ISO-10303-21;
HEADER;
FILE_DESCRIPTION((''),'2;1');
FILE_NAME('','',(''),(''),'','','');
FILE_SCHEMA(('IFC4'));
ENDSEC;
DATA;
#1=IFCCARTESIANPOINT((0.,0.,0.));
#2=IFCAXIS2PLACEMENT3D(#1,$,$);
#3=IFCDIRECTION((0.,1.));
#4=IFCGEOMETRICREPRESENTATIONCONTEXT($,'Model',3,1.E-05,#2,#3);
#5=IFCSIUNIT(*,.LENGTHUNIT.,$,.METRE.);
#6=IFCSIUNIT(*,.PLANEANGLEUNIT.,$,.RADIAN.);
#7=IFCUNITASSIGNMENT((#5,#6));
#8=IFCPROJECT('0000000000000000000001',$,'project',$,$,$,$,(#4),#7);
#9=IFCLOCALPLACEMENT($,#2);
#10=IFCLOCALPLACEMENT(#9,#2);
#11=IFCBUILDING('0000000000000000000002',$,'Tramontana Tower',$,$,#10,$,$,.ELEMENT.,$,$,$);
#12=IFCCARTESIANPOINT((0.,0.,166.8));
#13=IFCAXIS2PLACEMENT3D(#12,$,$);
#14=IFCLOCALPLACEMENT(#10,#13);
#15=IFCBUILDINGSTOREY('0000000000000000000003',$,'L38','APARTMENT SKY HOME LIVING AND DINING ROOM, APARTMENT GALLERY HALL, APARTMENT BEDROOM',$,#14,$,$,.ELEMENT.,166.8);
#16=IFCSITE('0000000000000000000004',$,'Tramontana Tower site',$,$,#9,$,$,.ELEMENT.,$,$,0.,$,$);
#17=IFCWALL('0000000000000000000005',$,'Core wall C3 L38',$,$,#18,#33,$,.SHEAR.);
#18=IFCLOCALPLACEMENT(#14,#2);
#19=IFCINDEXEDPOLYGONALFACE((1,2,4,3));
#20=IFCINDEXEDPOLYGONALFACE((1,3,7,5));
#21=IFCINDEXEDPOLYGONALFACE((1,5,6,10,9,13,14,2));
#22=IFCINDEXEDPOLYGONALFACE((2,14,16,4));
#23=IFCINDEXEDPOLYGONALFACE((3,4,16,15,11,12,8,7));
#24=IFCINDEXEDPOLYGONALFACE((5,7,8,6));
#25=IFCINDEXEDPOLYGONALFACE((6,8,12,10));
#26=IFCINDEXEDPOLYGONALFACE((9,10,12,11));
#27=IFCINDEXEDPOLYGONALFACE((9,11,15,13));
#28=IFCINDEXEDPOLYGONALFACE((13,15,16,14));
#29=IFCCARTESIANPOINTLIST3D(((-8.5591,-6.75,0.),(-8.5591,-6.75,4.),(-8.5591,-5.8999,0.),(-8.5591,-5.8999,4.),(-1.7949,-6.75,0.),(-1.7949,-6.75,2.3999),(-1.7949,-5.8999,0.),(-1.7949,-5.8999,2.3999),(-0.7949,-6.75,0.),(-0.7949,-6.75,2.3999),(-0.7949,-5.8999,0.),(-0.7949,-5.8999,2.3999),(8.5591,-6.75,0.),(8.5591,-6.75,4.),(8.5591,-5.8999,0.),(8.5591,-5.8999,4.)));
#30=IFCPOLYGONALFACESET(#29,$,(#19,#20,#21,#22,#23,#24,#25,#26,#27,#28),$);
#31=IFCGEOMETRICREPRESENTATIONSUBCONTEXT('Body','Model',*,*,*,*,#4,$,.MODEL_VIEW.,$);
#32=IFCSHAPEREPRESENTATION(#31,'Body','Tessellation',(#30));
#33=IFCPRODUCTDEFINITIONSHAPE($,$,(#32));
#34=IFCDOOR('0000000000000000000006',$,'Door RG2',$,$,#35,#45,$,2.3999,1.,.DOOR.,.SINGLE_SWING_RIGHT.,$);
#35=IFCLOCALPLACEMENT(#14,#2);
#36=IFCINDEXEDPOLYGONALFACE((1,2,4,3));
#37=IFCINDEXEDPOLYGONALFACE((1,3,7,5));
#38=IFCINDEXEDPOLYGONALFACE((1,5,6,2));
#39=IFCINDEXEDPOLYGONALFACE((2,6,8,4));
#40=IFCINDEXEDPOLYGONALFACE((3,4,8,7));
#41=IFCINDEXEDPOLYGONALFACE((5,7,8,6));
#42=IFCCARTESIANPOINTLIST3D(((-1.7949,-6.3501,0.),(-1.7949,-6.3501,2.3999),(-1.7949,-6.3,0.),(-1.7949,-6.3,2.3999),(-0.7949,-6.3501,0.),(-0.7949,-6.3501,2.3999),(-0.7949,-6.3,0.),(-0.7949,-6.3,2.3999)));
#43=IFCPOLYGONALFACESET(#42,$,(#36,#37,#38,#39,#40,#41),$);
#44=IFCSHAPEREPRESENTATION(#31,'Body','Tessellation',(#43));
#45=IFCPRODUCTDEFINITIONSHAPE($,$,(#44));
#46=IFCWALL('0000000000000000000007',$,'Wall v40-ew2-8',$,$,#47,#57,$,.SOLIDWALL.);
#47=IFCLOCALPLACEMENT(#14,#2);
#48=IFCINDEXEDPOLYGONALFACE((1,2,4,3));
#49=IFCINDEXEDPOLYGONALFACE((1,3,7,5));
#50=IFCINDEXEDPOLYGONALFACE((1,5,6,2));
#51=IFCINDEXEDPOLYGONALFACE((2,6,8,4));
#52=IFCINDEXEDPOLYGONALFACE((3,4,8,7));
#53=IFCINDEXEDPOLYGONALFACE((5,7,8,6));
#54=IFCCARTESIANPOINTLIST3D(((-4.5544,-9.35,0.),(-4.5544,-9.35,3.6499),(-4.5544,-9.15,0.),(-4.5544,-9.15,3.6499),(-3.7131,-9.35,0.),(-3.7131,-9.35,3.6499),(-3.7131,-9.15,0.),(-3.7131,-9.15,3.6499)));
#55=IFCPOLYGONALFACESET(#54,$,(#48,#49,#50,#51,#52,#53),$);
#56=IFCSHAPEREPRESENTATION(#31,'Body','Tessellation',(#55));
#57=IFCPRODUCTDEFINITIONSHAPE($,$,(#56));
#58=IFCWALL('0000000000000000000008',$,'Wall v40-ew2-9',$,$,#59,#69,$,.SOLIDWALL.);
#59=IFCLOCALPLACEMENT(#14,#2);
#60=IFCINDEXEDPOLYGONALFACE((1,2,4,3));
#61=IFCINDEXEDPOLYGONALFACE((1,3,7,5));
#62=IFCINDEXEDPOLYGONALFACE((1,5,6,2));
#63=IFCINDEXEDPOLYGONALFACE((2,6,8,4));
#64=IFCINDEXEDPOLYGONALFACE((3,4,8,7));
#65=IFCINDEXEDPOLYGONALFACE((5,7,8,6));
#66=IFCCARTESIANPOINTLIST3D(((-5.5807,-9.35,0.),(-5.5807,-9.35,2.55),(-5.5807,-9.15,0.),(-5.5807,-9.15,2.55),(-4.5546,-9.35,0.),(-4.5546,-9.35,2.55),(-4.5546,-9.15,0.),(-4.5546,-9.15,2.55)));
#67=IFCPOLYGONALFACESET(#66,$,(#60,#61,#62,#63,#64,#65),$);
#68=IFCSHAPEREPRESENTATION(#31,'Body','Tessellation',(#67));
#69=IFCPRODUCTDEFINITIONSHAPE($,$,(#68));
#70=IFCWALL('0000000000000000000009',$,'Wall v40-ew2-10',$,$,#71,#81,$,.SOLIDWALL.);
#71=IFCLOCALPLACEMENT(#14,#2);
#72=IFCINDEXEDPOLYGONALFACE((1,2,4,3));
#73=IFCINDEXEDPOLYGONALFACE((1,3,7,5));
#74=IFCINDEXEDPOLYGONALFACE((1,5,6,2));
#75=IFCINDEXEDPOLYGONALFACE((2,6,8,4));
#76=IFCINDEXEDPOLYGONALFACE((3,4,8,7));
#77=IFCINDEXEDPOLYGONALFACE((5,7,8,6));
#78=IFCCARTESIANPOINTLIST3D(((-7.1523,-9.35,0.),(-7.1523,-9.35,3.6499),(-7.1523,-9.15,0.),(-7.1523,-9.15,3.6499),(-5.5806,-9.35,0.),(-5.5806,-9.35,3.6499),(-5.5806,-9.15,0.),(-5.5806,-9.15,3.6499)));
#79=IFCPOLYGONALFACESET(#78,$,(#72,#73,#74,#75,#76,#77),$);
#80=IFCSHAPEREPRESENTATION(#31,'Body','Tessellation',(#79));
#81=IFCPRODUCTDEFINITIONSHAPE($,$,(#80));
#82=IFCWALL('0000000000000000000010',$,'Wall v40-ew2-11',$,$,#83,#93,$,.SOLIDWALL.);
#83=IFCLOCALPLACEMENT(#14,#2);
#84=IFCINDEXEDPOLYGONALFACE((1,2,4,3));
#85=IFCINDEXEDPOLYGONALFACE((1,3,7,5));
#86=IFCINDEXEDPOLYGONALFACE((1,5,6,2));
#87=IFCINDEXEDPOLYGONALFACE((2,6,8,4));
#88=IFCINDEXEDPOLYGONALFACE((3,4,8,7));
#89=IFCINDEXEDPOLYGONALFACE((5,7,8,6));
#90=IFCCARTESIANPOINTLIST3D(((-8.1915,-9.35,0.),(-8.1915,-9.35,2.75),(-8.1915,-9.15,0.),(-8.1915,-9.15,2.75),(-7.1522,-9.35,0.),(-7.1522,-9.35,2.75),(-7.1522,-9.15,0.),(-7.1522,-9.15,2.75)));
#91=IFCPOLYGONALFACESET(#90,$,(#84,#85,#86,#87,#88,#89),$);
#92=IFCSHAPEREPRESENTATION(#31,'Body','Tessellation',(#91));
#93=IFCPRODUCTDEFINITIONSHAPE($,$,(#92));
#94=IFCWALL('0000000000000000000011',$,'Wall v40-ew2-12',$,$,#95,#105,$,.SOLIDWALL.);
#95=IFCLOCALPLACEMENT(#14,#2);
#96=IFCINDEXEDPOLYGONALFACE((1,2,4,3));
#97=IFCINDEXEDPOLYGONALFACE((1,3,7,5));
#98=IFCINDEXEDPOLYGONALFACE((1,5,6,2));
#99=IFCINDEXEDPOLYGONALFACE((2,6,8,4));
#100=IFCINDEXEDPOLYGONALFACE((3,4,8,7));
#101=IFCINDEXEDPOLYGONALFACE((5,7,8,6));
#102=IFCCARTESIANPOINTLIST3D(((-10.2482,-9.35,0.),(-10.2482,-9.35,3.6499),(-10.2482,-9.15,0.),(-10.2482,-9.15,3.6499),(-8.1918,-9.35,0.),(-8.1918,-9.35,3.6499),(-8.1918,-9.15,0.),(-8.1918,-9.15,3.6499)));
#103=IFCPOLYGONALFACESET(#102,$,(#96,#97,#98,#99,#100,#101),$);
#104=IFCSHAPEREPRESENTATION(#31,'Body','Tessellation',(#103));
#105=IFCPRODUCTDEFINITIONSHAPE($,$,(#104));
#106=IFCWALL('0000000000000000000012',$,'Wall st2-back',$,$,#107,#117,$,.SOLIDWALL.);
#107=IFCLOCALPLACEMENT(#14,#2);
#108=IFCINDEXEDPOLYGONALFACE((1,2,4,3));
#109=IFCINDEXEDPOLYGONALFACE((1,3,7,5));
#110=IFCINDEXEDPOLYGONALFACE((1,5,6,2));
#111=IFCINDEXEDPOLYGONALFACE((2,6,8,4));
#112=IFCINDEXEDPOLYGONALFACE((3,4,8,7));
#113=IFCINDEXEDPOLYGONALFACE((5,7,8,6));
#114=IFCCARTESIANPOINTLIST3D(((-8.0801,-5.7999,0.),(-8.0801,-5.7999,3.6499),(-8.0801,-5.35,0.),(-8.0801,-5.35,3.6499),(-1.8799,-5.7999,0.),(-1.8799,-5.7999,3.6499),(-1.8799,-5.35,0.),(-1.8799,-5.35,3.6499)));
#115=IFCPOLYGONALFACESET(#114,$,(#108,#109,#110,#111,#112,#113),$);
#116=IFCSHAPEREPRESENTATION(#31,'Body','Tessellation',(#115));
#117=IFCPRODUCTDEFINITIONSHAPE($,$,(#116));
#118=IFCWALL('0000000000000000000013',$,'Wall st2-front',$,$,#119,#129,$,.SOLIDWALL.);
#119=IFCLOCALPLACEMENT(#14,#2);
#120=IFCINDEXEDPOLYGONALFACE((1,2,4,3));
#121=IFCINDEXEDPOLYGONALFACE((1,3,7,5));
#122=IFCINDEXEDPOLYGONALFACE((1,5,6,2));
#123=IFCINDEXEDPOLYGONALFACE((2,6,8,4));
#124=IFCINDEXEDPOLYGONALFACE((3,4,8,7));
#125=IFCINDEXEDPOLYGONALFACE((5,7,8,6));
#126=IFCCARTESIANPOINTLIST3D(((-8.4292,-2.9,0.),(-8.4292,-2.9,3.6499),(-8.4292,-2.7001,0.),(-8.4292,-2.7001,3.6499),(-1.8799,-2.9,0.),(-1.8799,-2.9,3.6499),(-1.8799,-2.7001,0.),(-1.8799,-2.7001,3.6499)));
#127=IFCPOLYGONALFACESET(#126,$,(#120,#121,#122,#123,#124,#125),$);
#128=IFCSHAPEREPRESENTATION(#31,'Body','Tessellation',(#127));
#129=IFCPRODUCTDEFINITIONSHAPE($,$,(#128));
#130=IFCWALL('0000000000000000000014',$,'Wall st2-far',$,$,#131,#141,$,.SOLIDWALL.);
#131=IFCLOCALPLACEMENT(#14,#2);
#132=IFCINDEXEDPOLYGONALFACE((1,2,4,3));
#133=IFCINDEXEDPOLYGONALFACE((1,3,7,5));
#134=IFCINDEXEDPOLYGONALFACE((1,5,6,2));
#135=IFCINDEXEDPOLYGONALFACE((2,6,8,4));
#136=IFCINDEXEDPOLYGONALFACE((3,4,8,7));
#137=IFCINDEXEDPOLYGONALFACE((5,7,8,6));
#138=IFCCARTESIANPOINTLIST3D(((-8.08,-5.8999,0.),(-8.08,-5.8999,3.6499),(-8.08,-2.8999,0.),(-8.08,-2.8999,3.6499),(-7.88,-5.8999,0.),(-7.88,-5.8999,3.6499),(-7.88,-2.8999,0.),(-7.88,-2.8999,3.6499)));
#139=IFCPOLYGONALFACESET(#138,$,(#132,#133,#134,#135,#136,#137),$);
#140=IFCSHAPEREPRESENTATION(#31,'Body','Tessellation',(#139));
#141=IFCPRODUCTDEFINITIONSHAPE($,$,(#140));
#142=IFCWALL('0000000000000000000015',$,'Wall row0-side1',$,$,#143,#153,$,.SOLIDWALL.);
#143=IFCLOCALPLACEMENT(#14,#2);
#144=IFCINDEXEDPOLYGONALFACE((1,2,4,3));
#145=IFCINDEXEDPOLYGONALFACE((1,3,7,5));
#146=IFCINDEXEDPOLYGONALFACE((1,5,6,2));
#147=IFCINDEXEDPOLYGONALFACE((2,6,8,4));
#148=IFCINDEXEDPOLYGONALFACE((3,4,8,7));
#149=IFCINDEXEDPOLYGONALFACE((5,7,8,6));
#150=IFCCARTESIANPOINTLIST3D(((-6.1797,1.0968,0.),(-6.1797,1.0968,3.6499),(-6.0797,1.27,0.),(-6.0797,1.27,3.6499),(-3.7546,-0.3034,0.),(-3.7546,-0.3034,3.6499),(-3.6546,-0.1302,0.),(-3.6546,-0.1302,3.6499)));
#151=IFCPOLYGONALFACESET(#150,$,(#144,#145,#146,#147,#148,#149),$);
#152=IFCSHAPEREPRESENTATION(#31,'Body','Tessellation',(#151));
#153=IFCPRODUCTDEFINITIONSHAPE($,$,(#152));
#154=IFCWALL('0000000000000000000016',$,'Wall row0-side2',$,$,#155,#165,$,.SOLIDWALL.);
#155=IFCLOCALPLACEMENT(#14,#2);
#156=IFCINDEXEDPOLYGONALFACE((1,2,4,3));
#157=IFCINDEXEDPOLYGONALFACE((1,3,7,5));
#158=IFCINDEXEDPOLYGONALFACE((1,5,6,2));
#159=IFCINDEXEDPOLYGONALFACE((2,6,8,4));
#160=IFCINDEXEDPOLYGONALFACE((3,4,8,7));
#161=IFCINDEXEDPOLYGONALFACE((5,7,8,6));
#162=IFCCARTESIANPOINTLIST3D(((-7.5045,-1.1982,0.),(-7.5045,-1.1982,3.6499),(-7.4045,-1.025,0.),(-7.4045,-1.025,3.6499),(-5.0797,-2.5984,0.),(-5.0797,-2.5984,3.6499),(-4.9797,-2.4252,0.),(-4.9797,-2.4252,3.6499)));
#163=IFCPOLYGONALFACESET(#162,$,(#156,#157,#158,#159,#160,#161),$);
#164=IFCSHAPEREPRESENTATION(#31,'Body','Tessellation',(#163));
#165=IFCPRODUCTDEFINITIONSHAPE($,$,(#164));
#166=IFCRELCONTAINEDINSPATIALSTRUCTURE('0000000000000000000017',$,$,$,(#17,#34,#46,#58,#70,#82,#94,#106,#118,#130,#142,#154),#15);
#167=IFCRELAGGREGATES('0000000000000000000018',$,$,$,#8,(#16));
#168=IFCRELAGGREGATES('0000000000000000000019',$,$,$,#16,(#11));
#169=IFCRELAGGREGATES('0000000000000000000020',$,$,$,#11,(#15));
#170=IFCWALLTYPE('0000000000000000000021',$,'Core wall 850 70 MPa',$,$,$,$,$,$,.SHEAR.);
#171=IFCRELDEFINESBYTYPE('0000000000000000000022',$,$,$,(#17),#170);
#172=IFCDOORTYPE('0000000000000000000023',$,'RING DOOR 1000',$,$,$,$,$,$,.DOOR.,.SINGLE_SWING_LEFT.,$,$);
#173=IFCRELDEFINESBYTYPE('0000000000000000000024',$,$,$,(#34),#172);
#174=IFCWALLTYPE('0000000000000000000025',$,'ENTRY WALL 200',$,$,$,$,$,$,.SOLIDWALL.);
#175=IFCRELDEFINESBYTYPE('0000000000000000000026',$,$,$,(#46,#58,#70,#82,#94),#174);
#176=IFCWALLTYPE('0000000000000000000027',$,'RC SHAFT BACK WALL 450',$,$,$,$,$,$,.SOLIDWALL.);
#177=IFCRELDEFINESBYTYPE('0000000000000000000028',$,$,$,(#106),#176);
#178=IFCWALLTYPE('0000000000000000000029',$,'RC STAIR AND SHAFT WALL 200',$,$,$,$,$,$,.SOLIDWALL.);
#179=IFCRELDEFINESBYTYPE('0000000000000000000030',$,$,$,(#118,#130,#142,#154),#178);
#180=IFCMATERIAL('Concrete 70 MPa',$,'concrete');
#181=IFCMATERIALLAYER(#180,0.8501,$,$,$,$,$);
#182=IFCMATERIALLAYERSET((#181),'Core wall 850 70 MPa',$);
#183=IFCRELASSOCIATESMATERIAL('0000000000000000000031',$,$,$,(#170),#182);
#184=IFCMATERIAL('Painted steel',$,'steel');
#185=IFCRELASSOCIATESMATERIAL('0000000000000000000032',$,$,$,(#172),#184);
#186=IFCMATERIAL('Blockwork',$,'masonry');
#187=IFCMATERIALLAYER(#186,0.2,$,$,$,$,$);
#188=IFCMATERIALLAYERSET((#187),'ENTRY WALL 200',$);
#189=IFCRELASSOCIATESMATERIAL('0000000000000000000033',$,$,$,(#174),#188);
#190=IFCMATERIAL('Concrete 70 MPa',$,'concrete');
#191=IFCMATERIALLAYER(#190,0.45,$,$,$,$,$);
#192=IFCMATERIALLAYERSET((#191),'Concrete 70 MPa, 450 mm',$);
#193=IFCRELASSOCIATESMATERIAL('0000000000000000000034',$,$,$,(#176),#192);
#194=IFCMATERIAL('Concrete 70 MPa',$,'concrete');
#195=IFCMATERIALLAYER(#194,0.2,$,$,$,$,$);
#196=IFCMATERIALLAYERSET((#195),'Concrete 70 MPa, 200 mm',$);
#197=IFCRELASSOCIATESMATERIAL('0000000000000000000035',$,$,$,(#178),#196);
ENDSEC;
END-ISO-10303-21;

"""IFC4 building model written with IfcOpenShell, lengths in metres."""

from ifc_helpers import new_model, si_unit, direction, frame, frame_2d, origin, place, context, subcontext, project, spatial, rectangle, extrude, material, layer, layer_set, type_object, element, fill, save


model = new_model("IFC4")

# Units and contexts
model_context = context("Model", 3, precision=1e-05, world=origin(), true_north=direction((0.0, 1.0)))
body_context = subcontext(model_context, "Body", "Model", "MODEL_VIEW")
ifc_project = project(units=[si_unit("LENGTHUNIT", "METRE"), si_unit("PLANEANGLEUNIT", "RADIAN")], contexts=[model_context])

# Site, building, storey
site_placement = place(None, origin())
site = spatial("IfcSite", under=ifc_project, at=site_placement, Name="Tramontana Tower site", CompositionType="ELEMENT", RefElevation=0.0)
building_placement = place(site_placement, origin())
building = spatial("IfcBuilding", under=site, at=building_placement, Name="Tramontana Tower", CompositionType="ELEMENT")
storey_placement = place(building_placement, frame((0.0, 0.0, 166.8)))
storey = spatial("IfcBuildingStorey", under=building, at=storey_placement, Name="L38", Description="APARTMENT SKY HOME LIVING AND DINING ROOM, APARTMENT GALLERY HALL, APARTMENT BEDROOM", CompositionType="ELEMENT", Elevation=166.8)

# Wall, opening, door
ifc_material_1 = material(Name="Concrete 70 MPa", Category="concrete")
ifc_layer_1 = layer(ifc_material_1, 0.8501)
ifc_layer_set_1 = layer_set([ifc_layer_1], Name="Core wall 850 70 MPa")
wall_type_1 = type_object("IfcWallType", Name="Core wall 850 70 MPa", PredefinedType="SHEAR", material=ifc_layer_set_1)
wall_1_placement = place(storey_placement, frame((-8.5591, -6.325, 0.0), z_axis=(0.0, 0.0, 1.0), x_axis=(1.0, 0.0, 0.0)))
wall_1 = element("IfcWall", 1, at=wall_1_placement, inside=storey, type_object=wall_type_1, Name="Core wall C3 L38", PredefinedType="SHEAR", context=body_context, shape_type="SweptSolid", body=[
    extrude(rectangle(XDim=17.1182, YDim=0.8501, at=frame_2d((8.5591, 0.0))), origin(), (0.0, 0.0, 1.0), 4.0),
])
opening_1_placement = place(wall_1_placement, frame((6.7642, 0.0, 0.0)))
opening_1 = element("IfcOpeningElement", 2, at=opening_1_placement, cuts=wall_1, PredefinedType="OPENING", context=body_context, shape_type="SweptSolid", body=[
    extrude(rectangle(XDim=1.0, YDim=2.3999, at=frame_2d((0.5, 1.2))), frame((0.0, 0.4351, 0.0), z_axis=(0.0, -1.0, 0.0), x_axis=(1.0, 0.0, 0.0)), (0.0, 0.0, 1.0), 0.8701),
])
ifc_material_2 = material(Name="Painted steel", Category="steel")
door_type_1 = type_object("IfcDoorType", Name="RING DOOR 1000", OperationType="SINGLE_SWING_LEFT", PredefinedType="DOOR", material=ifc_material_2)
door_1_placement = place(opening_1_placement, origin())
door_1 = element("IfcDoor", 3, at=door_1_placement, inside=storey, type_object=door_type_1, Name="Door RG2", OperationType="SINGLE_SWING_RIGHT", OverallHeight=2.3999, OverallWidth=1.0, PredefinedType="DOOR", context=body_context, shape_type="SweptSolid", body=[
    extrude(rectangle(XDim=1.0, YDim=2.3999, at=frame_2d((0.5, 1.2))), frame((0.0, 0.0249, 0.0), z_axis=(0.0, -1.0, 0.0), x_axis=(1.0, 0.0, 0.0)), (0.0, 0.0, 1.0), 0.05),
])
fill(opening_1, door_1)
ifc_material_3 = material(Name="Blockwork", Category="masonry")
ifc_layer_2 = layer(ifc_material_3, 0.2)
ifc_layer_set_2 = layer_set([ifc_layer_2], Name="ENTRY WALL 200")
wall_type_2 = type_object("IfcWallType", Name="ENTRY WALL 200", PredefinedType="SOLIDWALL", material=ifc_layer_set_2)

# Walls
wall_2_placement = place(storey_placement, frame((-3.7131, -9.25, 0.0), z_axis=(0.0, 0.0, 1.0), x_axis=(-1.0, 0.0, 0.0)))
element("IfcWall", 4, at=wall_2_placement, inside=storey, type_object=wall_type_2, Name="Wall v40-ew2-8", PredefinedType="SOLIDWALL", context=body_context, shape_type="SweptSolid", body=[
    extrude(rectangle(XDim=0.8413, YDim=0.2, at=frame_2d((0.4207, 0.0))), origin(), (0.0, 0.0, 1.0), 3.6499),
])
wall_3_placement = place(storey_placement, frame((-4.5544, -9.25, 0.0), z_axis=(0.0, 0.0, 1.0), x_axis=(-1.0, 0.0, 0.0)))
element("IfcWall", 5, at=wall_3_placement, inside=storey, type_object=wall_type_2, Name="Wall v40-ew2-9", PredefinedType="SOLIDWALL", context=body_context, shape_type="SweptSolid", body=[
    extrude(rectangle(XDim=1.0261, YDim=0.2, at=frame_2d((0.5132, 0.0))), origin(), (0.0, 0.0, 1.0), 2.55),
])
wall_4_placement = place(storey_placement, frame((-5.5806, -9.25, 0.0), z_axis=(0.0, 0.0, 1.0), x_axis=(-1.0, 0.0, 0.0)))
element("IfcWall", 6, at=wall_4_placement, inside=storey, type_object=wall_type_2, Name="Wall v40-ew2-10", PredefinedType="SOLIDWALL", context=body_context, shape_type="SweptSolid", body=[
    extrude(rectangle(XDim=1.5718, YDim=0.2, at=frame_2d((0.7859, 0.0))), origin(), (0.0, 0.0, 1.0), 3.6499),
])
wall_5_placement = place(storey_placement, frame((-7.1523, -9.25, 0.0), z_axis=(0.0, 0.0, 1.0), x_axis=(-1.0, 0.0, 0.0)))
element("IfcWall", 7, at=wall_5_placement, inside=storey, type_object=wall_type_2, Name="Wall v40-ew2-11", PredefinedType="SOLIDWALL", context=body_context, shape_type="SweptSolid", body=[
    extrude(rectangle(XDim=1.0393, YDim=0.2, at=frame_2d((0.5195, 0.0))), origin(), (0.0, 0.0, 1.0), 2.75),
])
wall_6_placement = place(storey_placement, frame((-8.1917, -9.25, 0.0), z_axis=(0.0, 0.0, 1.0), x_axis=(-1.0, 0.0, 0.0)))
element("IfcWall", 8, at=wall_6_placement, inside=storey, type_object=wall_type_2, Name="Wall v40-ew2-12", PredefinedType="SOLIDWALL", context=body_context, shape_type="SweptSolid", body=[
    extrude(rectangle(XDim=2.0564, YDim=0.2, at=frame_2d((1.0283, 0.0))), origin(), (0.0, 0.0, 1.0), 3.6499),
])
ifc_material_4 = material(Name="Concrete 70 MPa", Category="concrete")
ifc_layer_3 = layer(ifc_material_4, 0.45)
ifc_layer_set_3 = layer_set([ifc_layer_3], Name="Concrete 70 MPa, 450 mm")
wall_type_3 = type_object("IfcWallType", Name="RC SHAFT BACK WALL 450", PredefinedType="SOLIDWALL", material=ifc_layer_set_3)
wall_7_placement = place(storey_placement, frame((-8.0801, -5.575, 0.0), z_axis=(0.0, 0.0, 1.0), x_axis=(1.0, 0.0, 0.0)))
element("IfcWall", 9, at=wall_7_placement, inside=storey, type_object=wall_type_3, Name="Wall st2-back", PredefinedType="SOLIDWALL", context=body_context, shape_type="SweptSolid", body=[
    extrude(rectangle(XDim=6.2002, YDim=0.45, at=frame_2d((3.1001, 0.0))), origin(), (0.0, 0.0, 1.0), 3.6499),
])
ifc_material_5 = material(Name="Concrete 70 MPa", Category="concrete")
ifc_layer_4 = layer(ifc_material_5, 0.2)
ifc_layer_set_4 = layer_set([ifc_layer_4], Name="Concrete 70 MPa, 200 mm")
wall_type_4 = type_object("IfcWallType", Name="RC STAIR AND SHAFT WALL 200", PredefinedType="SOLIDWALL", material=ifc_layer_set_4)
wall_8_placement = place(storey_placement, frame((-8.4292, -2.8, 0.0), z_axis=(0.0, 0.0, 1.0), x_axis=(1.0, 0.0, 0.0)))
element("IfcWall", 10, at=wall_8_placement, inside=storey, type_object=wall_type_4, Name="Wall st2-front", PredefinedType="SOLIDWALL", context=body_context, shape_type="SweptSolid", body=[
    extrude(rectangle(XDim=6.5493, YDim=0.2, at=frame_2d((3.2747, 0.0))), origin(), (0.0, 0.0, 1.0), 3.6499),
])
wall_9_placement = place(storey_placement, frame((-7.98, -2.8999, 0.0), z_axis=(0.0, 0.0, 1.0), x_axis=(0.0, -1.0, 0.0)))
element("IfcWall", 11, at=wall_9_placement, inside=storey, type_object=wall_type_4, Name="Wall st2-far", PredefinedType="SOLIDWALL", context=body_context, shape_type="SweptSolid", body=[
    extrude(rectangle(XDim=3.0, YDim=0.2, at=frame_2d((1.5, 0.0))), origin(), (0.0, 0.0, 1.0), 3.6499),
])
wall_10_placement = place(storey_placement, frame((-3.7046, -0.2168, 0.0), z_axis=(0.0, 0.0, 1.0), x_axis=(-0.866019, 0.500012, 0.0)))
element("IfcWall", 12, at=wall_10_placement, inside=storey, type_object=wall_type_4, Name="Wall row0-side1", PredefinedType="SOLIDWALL", context=body_context, shape_type="SweptSolid", body=[
    extrude(rectangle(XDim=2.8003, YDim=0.2, at=frame_2d((1.4001, 0.0))), origin(), (0.0, 0.0, 1.0), 3.6499),
])
wall_11_placement = place(storey_placement, frame((-5.0298, -2.5117, 0.0), z_axis=(0.0, 0.0, 1.0), x_axis=(-0.865997, 0.50005, 0.0)))
element("IfcWall", 13, at=wall_11_placement, inside=storey, type_object=wall_type_4, Name="Wall row0-side2", PredefinedType="SOLIDWALL", context=body_context, shape_type="SweptSolid", body=[
    extrude(rectangle(XDim=2.8, YDim=0.2, at=frame_2d((1.3999, 0.0))), origin(), (0.0, 0.0, 1.0), 3.6499),
])

save(model, "model.ifc")
